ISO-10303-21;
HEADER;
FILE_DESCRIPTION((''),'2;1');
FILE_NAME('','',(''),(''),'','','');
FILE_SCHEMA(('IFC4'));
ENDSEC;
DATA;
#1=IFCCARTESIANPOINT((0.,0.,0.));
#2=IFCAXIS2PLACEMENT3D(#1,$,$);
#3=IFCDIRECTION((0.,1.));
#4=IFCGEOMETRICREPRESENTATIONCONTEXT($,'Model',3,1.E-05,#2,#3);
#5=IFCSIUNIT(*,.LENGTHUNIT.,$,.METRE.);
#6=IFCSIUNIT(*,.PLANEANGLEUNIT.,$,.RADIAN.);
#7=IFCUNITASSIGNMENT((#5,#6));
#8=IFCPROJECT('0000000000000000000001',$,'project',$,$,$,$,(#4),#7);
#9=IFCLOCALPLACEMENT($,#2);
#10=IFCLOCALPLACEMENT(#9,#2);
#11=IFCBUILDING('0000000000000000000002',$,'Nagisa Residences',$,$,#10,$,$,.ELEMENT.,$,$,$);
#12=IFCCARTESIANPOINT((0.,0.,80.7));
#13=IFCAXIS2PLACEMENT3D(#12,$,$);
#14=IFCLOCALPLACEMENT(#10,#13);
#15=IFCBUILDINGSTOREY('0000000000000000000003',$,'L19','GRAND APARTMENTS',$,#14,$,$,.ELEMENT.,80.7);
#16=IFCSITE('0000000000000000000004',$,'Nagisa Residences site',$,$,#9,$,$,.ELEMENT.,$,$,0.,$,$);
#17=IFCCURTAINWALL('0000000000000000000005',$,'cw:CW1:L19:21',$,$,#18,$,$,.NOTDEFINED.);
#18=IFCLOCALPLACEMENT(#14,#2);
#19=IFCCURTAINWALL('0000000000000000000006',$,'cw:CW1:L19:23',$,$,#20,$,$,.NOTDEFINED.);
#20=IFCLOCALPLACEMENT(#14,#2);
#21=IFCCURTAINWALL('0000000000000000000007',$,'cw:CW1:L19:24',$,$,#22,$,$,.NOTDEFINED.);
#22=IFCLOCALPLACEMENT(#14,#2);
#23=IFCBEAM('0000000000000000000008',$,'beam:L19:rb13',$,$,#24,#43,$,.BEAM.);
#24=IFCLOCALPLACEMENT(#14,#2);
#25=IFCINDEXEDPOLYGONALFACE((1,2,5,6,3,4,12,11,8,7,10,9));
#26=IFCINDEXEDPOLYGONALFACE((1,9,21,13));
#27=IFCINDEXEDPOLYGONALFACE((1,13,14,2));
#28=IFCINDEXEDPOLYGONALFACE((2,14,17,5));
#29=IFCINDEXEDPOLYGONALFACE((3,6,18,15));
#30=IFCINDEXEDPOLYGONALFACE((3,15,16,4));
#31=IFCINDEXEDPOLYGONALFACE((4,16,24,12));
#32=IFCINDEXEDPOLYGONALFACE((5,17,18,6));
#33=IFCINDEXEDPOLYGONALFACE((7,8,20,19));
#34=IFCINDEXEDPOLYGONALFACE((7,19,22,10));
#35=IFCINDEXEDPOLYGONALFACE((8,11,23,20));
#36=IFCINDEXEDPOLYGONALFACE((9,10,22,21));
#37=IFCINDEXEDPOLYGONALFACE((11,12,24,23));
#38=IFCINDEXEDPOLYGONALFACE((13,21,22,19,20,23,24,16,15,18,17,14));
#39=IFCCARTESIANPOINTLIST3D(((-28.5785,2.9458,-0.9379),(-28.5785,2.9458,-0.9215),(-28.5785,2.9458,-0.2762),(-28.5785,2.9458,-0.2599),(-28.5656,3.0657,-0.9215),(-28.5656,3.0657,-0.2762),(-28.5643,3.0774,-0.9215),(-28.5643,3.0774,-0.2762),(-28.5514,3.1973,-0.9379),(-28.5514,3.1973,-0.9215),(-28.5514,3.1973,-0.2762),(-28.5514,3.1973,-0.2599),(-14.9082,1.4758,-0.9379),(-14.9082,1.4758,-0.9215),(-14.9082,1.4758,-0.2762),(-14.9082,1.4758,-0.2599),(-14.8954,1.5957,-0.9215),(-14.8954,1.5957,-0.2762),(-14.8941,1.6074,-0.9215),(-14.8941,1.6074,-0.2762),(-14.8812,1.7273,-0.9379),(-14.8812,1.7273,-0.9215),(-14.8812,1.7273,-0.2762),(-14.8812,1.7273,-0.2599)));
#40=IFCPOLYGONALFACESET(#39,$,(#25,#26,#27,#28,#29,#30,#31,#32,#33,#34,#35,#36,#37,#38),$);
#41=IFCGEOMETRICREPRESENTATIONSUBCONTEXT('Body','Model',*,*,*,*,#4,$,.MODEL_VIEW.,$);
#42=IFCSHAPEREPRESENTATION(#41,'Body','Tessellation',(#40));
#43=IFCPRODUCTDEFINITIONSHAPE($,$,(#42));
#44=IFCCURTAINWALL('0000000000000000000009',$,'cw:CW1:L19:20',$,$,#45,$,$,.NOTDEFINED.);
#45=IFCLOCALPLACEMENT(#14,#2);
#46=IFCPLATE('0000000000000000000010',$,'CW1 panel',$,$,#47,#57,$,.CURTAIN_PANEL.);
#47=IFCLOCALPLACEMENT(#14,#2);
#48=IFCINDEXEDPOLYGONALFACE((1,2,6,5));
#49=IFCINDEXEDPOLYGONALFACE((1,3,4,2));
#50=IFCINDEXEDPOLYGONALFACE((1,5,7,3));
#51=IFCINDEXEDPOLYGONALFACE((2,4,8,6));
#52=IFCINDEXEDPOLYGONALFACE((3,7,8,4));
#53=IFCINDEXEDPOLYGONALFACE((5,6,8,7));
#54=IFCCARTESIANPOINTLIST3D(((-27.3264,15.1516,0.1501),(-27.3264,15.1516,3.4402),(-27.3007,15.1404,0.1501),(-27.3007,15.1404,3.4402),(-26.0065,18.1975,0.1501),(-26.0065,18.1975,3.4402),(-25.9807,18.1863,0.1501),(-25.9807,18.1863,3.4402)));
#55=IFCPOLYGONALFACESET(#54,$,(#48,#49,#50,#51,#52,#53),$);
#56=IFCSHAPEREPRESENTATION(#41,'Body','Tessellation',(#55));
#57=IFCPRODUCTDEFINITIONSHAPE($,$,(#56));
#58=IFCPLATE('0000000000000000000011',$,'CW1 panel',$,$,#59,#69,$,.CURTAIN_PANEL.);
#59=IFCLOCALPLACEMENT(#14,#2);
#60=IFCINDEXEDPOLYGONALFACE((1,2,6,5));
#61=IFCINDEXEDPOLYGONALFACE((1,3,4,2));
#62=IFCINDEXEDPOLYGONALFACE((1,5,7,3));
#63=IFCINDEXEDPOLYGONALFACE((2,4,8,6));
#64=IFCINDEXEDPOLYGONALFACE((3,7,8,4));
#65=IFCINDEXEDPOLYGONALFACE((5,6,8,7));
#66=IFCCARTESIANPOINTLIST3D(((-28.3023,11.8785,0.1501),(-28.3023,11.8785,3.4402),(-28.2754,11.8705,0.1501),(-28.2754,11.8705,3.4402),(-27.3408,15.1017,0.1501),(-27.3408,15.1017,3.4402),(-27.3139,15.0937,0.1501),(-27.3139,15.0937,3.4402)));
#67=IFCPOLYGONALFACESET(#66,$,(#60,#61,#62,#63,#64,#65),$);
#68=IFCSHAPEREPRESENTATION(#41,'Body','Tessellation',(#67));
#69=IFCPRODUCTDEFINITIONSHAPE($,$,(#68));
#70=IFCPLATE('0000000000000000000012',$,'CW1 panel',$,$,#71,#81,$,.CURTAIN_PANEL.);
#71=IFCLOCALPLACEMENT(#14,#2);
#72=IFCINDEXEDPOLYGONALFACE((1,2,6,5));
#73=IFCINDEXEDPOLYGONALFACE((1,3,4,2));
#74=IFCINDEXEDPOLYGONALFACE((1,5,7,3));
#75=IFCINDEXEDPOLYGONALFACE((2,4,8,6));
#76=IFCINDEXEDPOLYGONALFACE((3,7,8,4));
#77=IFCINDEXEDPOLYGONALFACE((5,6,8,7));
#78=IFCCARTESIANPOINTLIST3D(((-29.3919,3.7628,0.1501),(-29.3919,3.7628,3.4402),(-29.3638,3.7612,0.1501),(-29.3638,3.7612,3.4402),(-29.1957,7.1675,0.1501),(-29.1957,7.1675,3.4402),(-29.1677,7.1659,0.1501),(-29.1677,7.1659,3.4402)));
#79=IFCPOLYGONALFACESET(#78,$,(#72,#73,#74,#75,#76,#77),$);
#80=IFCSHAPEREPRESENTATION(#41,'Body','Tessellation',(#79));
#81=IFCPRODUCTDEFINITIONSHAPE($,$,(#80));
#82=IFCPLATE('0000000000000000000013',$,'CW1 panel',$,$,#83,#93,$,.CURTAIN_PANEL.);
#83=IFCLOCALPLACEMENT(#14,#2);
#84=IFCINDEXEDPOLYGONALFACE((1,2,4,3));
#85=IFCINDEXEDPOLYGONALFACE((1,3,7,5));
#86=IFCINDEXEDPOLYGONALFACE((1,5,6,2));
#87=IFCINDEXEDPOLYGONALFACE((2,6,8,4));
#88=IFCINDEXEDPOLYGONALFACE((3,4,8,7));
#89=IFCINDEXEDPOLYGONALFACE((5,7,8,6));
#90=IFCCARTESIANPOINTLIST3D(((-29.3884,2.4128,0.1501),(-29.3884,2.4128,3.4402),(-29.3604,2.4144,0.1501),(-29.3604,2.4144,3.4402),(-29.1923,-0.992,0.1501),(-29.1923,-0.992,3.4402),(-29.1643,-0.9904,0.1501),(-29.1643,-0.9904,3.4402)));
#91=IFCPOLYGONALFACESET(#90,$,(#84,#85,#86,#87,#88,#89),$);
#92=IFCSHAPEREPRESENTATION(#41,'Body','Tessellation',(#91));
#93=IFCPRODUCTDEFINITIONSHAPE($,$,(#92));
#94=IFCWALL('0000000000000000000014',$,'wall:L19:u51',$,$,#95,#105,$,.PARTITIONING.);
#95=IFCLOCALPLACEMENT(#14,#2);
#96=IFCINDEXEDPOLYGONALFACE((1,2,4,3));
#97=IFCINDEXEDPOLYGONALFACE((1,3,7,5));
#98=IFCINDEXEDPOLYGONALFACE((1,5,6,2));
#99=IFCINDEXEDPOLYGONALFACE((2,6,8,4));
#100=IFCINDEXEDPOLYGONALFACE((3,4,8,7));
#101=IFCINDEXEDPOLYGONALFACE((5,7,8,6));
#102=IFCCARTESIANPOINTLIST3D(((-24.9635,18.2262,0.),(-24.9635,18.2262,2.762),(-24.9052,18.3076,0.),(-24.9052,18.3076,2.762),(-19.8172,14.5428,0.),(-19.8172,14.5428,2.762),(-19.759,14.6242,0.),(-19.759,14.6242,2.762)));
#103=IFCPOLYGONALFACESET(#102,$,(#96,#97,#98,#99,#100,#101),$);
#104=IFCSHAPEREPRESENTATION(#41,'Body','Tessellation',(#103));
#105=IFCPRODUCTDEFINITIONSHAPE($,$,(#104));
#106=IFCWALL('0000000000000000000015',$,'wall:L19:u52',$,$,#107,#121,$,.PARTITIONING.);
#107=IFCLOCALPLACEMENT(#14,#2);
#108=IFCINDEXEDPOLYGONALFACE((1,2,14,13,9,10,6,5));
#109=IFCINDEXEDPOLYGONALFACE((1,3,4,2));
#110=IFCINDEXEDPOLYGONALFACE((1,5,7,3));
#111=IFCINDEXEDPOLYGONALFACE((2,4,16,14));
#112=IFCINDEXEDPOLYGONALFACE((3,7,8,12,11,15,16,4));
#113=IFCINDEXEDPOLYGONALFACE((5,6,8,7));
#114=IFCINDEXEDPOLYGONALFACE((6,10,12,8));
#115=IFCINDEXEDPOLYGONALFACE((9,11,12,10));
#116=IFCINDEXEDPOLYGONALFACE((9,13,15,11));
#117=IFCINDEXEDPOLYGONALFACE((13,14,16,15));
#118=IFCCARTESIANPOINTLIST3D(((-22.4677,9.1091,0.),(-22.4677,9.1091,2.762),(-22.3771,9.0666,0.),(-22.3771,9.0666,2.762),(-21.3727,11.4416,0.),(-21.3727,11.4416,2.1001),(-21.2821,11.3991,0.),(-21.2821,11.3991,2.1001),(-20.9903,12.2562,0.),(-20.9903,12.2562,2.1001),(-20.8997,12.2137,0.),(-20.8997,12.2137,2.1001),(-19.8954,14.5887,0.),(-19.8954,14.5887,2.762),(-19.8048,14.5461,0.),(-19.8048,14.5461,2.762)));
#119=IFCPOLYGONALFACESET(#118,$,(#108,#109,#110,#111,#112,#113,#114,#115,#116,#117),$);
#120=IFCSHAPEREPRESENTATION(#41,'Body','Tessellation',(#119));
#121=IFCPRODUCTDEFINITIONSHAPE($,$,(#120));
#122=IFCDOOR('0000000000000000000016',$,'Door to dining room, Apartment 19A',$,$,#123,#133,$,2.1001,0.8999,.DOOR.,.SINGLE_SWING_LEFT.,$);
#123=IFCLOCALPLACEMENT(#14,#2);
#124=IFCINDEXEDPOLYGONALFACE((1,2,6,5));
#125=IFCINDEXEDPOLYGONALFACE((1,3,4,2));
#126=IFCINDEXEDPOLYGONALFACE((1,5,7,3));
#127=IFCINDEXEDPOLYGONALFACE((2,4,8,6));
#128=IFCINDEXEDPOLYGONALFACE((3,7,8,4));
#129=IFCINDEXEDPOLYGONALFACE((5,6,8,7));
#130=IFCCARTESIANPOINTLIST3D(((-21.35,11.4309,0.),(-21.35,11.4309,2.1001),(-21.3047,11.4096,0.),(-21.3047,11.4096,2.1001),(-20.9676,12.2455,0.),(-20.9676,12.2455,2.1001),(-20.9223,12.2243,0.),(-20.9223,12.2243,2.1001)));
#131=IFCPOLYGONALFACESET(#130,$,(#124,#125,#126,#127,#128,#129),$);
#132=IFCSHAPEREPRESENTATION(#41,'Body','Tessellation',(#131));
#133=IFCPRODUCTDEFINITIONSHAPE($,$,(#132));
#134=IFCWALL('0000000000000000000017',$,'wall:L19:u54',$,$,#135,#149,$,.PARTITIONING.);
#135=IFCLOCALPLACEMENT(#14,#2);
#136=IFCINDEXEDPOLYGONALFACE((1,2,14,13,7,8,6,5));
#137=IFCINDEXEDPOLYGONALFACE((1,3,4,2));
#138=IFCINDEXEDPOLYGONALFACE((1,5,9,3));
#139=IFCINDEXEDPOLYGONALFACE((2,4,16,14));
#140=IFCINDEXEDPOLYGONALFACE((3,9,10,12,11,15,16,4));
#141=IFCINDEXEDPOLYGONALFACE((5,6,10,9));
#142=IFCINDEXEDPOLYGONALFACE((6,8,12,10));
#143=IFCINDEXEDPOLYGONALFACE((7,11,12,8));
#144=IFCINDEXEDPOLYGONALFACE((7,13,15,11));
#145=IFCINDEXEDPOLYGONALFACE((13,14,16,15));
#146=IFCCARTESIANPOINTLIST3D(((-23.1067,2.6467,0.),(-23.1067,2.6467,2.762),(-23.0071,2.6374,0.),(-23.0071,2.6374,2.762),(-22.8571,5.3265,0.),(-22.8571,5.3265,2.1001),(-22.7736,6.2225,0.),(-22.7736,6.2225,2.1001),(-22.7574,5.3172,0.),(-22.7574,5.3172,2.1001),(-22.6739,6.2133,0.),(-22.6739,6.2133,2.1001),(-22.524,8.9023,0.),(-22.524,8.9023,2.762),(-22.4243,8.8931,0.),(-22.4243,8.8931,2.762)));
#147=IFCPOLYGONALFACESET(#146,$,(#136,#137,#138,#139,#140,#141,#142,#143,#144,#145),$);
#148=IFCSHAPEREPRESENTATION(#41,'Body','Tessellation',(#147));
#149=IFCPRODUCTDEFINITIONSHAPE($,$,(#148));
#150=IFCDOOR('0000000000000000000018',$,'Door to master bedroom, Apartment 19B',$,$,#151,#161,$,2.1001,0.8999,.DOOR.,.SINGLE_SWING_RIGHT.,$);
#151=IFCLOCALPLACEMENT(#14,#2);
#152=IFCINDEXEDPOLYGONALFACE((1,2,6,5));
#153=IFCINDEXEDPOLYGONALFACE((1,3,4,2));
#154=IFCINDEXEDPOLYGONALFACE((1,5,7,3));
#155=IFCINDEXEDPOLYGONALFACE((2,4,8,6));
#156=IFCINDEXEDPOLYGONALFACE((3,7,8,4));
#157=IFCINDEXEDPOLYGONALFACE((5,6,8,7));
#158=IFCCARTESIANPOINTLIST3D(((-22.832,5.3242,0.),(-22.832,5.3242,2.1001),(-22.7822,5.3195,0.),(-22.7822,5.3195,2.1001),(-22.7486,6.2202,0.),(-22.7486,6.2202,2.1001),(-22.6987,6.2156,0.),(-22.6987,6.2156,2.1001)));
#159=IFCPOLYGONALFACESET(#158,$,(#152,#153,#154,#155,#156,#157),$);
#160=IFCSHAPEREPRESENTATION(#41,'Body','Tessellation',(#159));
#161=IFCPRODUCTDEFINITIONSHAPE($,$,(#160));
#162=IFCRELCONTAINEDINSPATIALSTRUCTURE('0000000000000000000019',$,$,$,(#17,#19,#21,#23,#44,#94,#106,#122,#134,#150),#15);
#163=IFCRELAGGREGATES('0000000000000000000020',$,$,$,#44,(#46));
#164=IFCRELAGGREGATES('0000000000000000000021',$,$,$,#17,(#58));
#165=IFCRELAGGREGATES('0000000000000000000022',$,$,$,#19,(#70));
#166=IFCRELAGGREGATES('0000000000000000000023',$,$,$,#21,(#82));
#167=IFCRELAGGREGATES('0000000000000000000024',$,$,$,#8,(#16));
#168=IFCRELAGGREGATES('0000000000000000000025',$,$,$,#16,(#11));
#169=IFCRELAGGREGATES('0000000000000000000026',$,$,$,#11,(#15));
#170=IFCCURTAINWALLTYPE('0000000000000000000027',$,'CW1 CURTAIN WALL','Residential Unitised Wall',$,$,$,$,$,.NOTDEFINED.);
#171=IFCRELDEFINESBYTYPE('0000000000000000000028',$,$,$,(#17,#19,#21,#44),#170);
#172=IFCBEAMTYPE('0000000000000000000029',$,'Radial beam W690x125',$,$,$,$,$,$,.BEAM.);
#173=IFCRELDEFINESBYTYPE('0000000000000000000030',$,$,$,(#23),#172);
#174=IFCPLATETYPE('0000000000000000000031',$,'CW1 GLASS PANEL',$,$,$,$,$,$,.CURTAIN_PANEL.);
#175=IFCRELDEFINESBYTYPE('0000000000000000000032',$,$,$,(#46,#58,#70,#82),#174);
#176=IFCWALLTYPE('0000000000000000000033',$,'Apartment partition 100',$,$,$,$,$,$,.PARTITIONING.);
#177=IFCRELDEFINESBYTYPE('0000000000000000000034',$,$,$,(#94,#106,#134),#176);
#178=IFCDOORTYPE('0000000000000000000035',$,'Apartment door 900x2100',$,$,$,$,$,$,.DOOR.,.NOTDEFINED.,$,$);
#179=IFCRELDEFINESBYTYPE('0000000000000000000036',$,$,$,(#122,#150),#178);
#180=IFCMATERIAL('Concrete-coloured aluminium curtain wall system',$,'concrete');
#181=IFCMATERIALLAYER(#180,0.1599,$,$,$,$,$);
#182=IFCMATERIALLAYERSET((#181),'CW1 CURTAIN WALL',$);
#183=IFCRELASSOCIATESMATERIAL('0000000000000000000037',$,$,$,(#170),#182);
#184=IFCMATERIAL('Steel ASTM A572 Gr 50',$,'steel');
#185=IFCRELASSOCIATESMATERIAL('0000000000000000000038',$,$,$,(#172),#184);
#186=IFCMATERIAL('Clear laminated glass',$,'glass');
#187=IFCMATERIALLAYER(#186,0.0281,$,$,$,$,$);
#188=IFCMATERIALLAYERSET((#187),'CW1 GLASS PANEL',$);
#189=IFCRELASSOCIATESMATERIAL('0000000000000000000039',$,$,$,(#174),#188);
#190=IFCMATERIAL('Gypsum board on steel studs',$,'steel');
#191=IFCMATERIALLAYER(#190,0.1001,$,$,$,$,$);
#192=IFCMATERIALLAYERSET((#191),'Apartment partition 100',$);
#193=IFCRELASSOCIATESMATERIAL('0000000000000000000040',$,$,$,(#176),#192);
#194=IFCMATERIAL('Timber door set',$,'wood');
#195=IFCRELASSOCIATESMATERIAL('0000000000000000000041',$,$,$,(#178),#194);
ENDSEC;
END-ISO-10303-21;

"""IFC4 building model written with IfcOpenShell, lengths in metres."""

from ifc_helpers import new_model, si_unit, direction, frame, frame_2d, origin, origin_2d, place, context, subcontext, project, spatial, rectangle, i_section, extrude, material, layer, layer_set, material_profile, profile_set, type_object, element, fill, aggregate, save


model = new_model("IFC4")

# Units and contexts
model_context = context("Model", 3, precision=1e-05, world=origin(), true_north=direction((0.0, 1.0)))
body_context = subcontext(model_context, "Body", "Model", "MODEL_VIEW")
ifc_project = project(units=[si_unit("LENGTHUNIT", "METRE"), si_unit("PLANEANGLEUNIT", "RADIAN")], contexts=[model_context])

# Site, building, storey
site_placement = place(None, origin())
site = spatial("IfcSite", under=ifc_project, at=site_placement, Name="Nagisa Residences site", CompositionType="ELEMENT", RefElevation=0.0)
building_placement = place(site_placement, origin())
building = spatial("IfcBuilding", under=site, at=building_placement, Name="Nagisa Residences", CompositionType="ELEMENT")
storey_placement = place(building_placement, frame((0.0, 0.0, 80.7)))
storey = spatial("IfcBuildingStorey", under=building, at=storey_placement, Name="L19", Description="GRAND APARTMENTS", CompositionType="ELEMENT", Elevation=80.7)

# Curtain walls
ifc_material_1 = material(Name="Concrete-coloured aluminium curtain wall system", Category="concrete")
ifc_layer_1 = layer(ifc_material_1, 0.1599)
ifc_layer_set_1 = layer_set([ifc_layer_1], Name="CW1 CURTAIN WALL")
curtain_wall_type = type_object("IfcCurtainWallType", Name="CW1 CURTAIN WALL", Description="Residential Unitised Wall", PredefinedType="NOTDEFINED", material=ifc_layer_set_1)
curtain_wall_1_placement = place(storey_placement, origin())
curtain_wall_1 = element("IfcCurtainWall", 1, at=curtain_wall_1_placement, inside=storey, type_object=curtain_wall_type, Name="cw:CW1:L19:21", PredefinedType="NOTDEFINED")
curtain_wall_2_placement = place(storey_placement, origin())
curtain_wall_2 = element("IfcCurtainWall", 2, at=curtain_wall_2_placement, inside=storey, type_object=curtain_wall_type, Name="cw:CW1:L19:23", PredefinedType="NOTDEFINED")
curtain_wall_3_placement = place(storey_placement, origin())
curtain_wall_3 = element("IfcCurtainWall", 3, at=curtain_wall_3_placement, inside=storey, type_object=curtain_wall_type, Name="cw:CW1:L19:24", PredefinedType="NOTDEFINED")

# Beam
ifc_material_2 = material(Name="Steel ASTM A572 Gr 50", Category="steel")
ifc_material_profile_1 = material_profile(ifc_material_2, i_section(OverallWidth=0.2529, OverallDepth=0.678, WebThickness=0.0117, FlangeThickness=0.0164, at=origin_2d()), Name="W690x125")
ifc_profile_set_1 = profile_set([ifc_material_profile_1], Name="Steel ASTM A572 Gr 50")
beam_type_1 = type_object("IfcBeamType", Name="Radial beam W690x125", PredefinedType="BEAM", material=ifc_profile_set_1)
beam_1_placement = place(storey_placement, frame((-28.5649, 3.0715, -0.5989), z_axis=(0.994268, -0.106915, 0.0), x_axis=(0.106915, 0.994268, 0.0)))
element("IfcBeam", 4, at=beam_1_placement, inside=storey, type_object=beam_type_1, Name="beam:L19:rb13", PredefinedType="BEAM", context=body_context, shape_type="SweptSolid", body=[
    extrude(i_section(OverallWidth=0.2529, OverallDepth=0.678, WebThickness=0.0117, FlangeThickness=0.0164, at=origin_2d()), origin(), (0.0, 0.0, 1.0), 13.749),
])

# Curtain wall, plate
curtain_wall_4_placement = place(storey_placement, origin())
curtain_wall_4 = element("IfcCurtainWall", 5, at=curtain_wall_4_placement, inside=storey, type_object=curtain_wall_type, Name="cw:CW1:L19:20", PredefinedType="NOTDEFINED")
ifc_material_3 = material(Name="Clear laminated glass", Category="glass")
ifc_layer_2 = layer(ifc_material_3, 0.0281)
ifc_layer_set_2 = layer_set([ifc_layer_2], Name="CW1 GLASS PANEL")
plate_type = type_object("IfcPlateType", Name="CW1 GLASS PANEL", PredefinedType="CURTAIN_PANEL", material=ifc_layer_set_2)
plate_1_placement = place(storey_placement, frame((-26.6536, 16.6689, 0.1501), z_axis=(0.0, 0.0, 1.0), x_axis=(-0.397636, -0.917543, 0.0)))
plate_1 = element("IfcPlate", 6, at=plate_1_placement, type_object=plate_type, Name="CW1 panel", PredefinedType="CURTAIN_PANEL", context=body_context, shape_type="SweptSolid", body=[
    extrude(rectangle(XDim=3.3196, YDim=0.0281, at=origin_2d()), origin(), (0.0, 0.0, 1.0), 3.29),
])
aggregate(curtain_wall_4, [plate_1])

# Plates
plate_2_placement = place(storey_placement, frame((-27.8081, 13.4861, 0.1501), z_axis=(0.0, 0.0, 1.0), x_axis=(-0.28586, -0.958271, 0.0)))
plate_2 = element("IfcPlate", 7, at=plate_2_placement, type_object=plate_type, Name="CW1 panel", PredefinedType="CURTAIN_PANEL", context=body_context, shape_type="SweptSolid", body=[
    extrude(rectangle(XDim=3.3635, YDim=0.0281, at=origin_2d()), origin(), (0.0, 0.0, 1.0), 3.29),
])
aggregate(curtain_wall_1, [plate_2])
plate_3_placement = place(storey_placement, frame((-29.2798, 5.4644, 0.1501), z_axis=(0.0, 0.0, 1.0), x_axis=(-0.057503, -0.998345, 0.0)))
plate_3 = element("IfcPlate", 8, at=plate_3_placement, type_object=plate_type, Name="CW1 panel", PredefinedType="CURTAIN_PANEL", context=body_context, shape_type="SweptSolid", body=[
    extrude(rectangle(XDim=3.4104, YDim=0.0281, at=origin_2d()), origin(), (0.0, 0.0, 1.0), 3.29),
])
aggregate(curtain_wall_2, [plate_3])
plate_4_placement = place(storey_placement, frame((-29.2764, 0.7112, 0.1501), z_axis=(0.0, 0.0, 1.0), x_axis=(0.057503, -0.998345, 0.0)))
plate_4 = element("IfcPlate", 9, at=plate_4_placement, type_object=plate_type, Name="CW1 panel", PredefinedType="CURTAIN_PANEL", context=body_context, shape_type="SweptSolid", body=[
    extrude(rectangle(XDim=3.4104, YDim=0.0281, at=origin_2d()), origin(), (0.0, 0.0, 1.0), 3.29),
])
aggregate(curtain_wall_3, [plate_4])

# Wall
ifc_material_4 = material(Name="Gypsum board on steel studs", Category="steel")
ifc_layer_3 = layer(ifc_material_4, 0.1001)
ifc_layer_set_3 = layer_set([ifc_layer_3], Name="Apartment partition 100")
wall_type_1 = type_object("IfcWallType", Name="Apartment partition 100", PredefinedType="PARTITIONING", material=ifc_layer_set_3)
wall_1_placement = place(storey_placement, frame((-19.7881, 14.5835, 0.0), z_axis=(0.0, 0.0, 1.0), x_axis=(-0.813175, 0.582019, 0.0)))
element("IfcWall", 10, at=wall_1_placement, inside=storey, type_object=wall_type_1, Name="wall:L19:u51", PredefinedType="PARTITIONING", context=body_context, shape_type="SweptSolid", body=[
    extrude(rectangle(XDim=6.3286, YDim=0.1001, at=frame_2d((3.1643, 0.0))), origin(), (0.0, 0.0, 1.0), 2.762),
])

# Walls, openings, doors
wall_2_placement = place(storey_placement, frame((-19.8501, 14.5674, 0.0), z_axis=(0.0, 0.0, 1.0), x_axis=(-0.424942, -0.90522, 0.0)))
wall_2 = element("IfcWall", 11, at=wall_2_placement, inside=storey, type_object=wall_type_1, Name="wall:L19:u52", PredefinedType="PARTITIONING", context=body_context, shape_type="SweptSolid", body=[
    extrude(rectangle(XDim=6.0532, YDim=0.1001, at=frame_2d((3.0266, 0.0))), origin(), (0.0, 0.0, 1.0), 2.762),
])
opening_1_placement = place(wall_2_placement, frame((2.5767, 0.0, 0.0)))
opening_1 = element("IfcOpeningElement", 12, at=opening_1_placement, cuts=wall_2, PredefinedType="OPENING", context=body_context, shape_type="SweptSolid", body=[
    extrude(rectangle(XDim=0.8999, YDim=2.1001, at=frame_2d((0.45, 1.05))), frame((0.0, 0.0601, 0.0), z_axis=(0.0, -1.0, 0.0), x_axis=(1.0, 0.0, 0.0)), (0.0, 0.0, 1.0), 0.1201),
])
ifc_material_5 = material(Name="Timber door set", Category="wood")
door_type_1 = type_object("IfcDoorType", Name="Apartment door 900x2100", OperationType="NOTDEFINED", PredefinedType="DOOR", material=ifc_material_5)
door_1_placement = place(opening_1_placement, frame((0.8999, 0.0, 0.0), x_axis=(-1.0, 0.0, 0.0)))
door_1 = element("IfcDoor", 13, at=door_1_placement, inside=storey, type_object=door_type_1, Name="Door to dining room, Apartment 19A", OperationType="SINGLE_SWING_LEFT", OverallHeight=2.1001, OverallWidth=0.8999, PredefinedType="DOOR", context=body_context, shape_type="SweptSolid", body=[
    extrude(rectangle(XDim=0.8999, YDim=2.1001, at=frame_2d((0.45, 1.05))), frame((0.0, 0.0249, 0.0), z_axis=(0.0, -1.0, 0.0), x_axis=(1.0, 0.0, 0.0)), (0.0, 0.0, 1.0), 0.05),
])
fill(opening_1, door_1)
wall_3_placement = place(storey_placement, frame((-22.4741, 8.8977, 0.0), z_axis=(0.0, 0.0, 1.0), x_axis=(-0.092757, -0.995689, 0.0)))
wall_3 = element("IfcWall", 14, at=wall_3_placement, inside=storey, type_object=wall_type_1, Name="wall:L19:u54", PredefinedType="PARTITIONING", context=body_context, shape_type="SweptSolid", body=[
    extrude(rectangle(XDim=6.2827, YDim=0.1001, at=frame_2d((3.1414, 0.0))), origin(), (0.0, 0.0, 1.0), 2.762),
])
opening_2_placement = place(wall_3_placement, frame((2.6914, 0.0, 0.0)))
opening_2 = element("IfcOpeningElement", 15, at=opening_2_placement, cuts=wall_3, PredefinedType="OPENING", context=body_context, shape_type="SweptSolid", body=[
    extrude(rectangle(XDim=0.8999, YDim=2.1001, at=frame_2d((0.45, 1.05))), frame((0.0, 0.0601, 0.0), z_axis=(0.0, -1.0, 0.0), x_axis=(1.0, 0.0, 0.0)), (0.0, 0.0, 1.0), 0.1201),
])
door_2_placement = place(opening_2_placement, frame((0.8999, 0.0, 0.0), x_axis=(-1.0, 0.0, 0.0)))
door_2 = element("IfcDoor", 16, at=door_2_placement, inside=storey, type_object=door_type_1, Name="Door to master bedroom, Apartment 19B", OperationType="SINGLE_SWING_RIGHT", OverallHeight=2.1001, OverallWidth=0.8999, PredefinedType="DOOR", context=body_context, shape_type="SweptSolid", body=[
    extrude(rectangle(XDim=0.8999, YDim=2.1001, at=frame_2d((0.45, 1.05))), frame((0.0, 0.0249, 0.0), z_axis=(0.0, -1.0, 0.0), x_axis=(1.0, 0.0, 0.0)), (0.0, 0.0, 1.0), 0.05),
])
fill(opening_2, door_2)

save(model, "model.ifc")
